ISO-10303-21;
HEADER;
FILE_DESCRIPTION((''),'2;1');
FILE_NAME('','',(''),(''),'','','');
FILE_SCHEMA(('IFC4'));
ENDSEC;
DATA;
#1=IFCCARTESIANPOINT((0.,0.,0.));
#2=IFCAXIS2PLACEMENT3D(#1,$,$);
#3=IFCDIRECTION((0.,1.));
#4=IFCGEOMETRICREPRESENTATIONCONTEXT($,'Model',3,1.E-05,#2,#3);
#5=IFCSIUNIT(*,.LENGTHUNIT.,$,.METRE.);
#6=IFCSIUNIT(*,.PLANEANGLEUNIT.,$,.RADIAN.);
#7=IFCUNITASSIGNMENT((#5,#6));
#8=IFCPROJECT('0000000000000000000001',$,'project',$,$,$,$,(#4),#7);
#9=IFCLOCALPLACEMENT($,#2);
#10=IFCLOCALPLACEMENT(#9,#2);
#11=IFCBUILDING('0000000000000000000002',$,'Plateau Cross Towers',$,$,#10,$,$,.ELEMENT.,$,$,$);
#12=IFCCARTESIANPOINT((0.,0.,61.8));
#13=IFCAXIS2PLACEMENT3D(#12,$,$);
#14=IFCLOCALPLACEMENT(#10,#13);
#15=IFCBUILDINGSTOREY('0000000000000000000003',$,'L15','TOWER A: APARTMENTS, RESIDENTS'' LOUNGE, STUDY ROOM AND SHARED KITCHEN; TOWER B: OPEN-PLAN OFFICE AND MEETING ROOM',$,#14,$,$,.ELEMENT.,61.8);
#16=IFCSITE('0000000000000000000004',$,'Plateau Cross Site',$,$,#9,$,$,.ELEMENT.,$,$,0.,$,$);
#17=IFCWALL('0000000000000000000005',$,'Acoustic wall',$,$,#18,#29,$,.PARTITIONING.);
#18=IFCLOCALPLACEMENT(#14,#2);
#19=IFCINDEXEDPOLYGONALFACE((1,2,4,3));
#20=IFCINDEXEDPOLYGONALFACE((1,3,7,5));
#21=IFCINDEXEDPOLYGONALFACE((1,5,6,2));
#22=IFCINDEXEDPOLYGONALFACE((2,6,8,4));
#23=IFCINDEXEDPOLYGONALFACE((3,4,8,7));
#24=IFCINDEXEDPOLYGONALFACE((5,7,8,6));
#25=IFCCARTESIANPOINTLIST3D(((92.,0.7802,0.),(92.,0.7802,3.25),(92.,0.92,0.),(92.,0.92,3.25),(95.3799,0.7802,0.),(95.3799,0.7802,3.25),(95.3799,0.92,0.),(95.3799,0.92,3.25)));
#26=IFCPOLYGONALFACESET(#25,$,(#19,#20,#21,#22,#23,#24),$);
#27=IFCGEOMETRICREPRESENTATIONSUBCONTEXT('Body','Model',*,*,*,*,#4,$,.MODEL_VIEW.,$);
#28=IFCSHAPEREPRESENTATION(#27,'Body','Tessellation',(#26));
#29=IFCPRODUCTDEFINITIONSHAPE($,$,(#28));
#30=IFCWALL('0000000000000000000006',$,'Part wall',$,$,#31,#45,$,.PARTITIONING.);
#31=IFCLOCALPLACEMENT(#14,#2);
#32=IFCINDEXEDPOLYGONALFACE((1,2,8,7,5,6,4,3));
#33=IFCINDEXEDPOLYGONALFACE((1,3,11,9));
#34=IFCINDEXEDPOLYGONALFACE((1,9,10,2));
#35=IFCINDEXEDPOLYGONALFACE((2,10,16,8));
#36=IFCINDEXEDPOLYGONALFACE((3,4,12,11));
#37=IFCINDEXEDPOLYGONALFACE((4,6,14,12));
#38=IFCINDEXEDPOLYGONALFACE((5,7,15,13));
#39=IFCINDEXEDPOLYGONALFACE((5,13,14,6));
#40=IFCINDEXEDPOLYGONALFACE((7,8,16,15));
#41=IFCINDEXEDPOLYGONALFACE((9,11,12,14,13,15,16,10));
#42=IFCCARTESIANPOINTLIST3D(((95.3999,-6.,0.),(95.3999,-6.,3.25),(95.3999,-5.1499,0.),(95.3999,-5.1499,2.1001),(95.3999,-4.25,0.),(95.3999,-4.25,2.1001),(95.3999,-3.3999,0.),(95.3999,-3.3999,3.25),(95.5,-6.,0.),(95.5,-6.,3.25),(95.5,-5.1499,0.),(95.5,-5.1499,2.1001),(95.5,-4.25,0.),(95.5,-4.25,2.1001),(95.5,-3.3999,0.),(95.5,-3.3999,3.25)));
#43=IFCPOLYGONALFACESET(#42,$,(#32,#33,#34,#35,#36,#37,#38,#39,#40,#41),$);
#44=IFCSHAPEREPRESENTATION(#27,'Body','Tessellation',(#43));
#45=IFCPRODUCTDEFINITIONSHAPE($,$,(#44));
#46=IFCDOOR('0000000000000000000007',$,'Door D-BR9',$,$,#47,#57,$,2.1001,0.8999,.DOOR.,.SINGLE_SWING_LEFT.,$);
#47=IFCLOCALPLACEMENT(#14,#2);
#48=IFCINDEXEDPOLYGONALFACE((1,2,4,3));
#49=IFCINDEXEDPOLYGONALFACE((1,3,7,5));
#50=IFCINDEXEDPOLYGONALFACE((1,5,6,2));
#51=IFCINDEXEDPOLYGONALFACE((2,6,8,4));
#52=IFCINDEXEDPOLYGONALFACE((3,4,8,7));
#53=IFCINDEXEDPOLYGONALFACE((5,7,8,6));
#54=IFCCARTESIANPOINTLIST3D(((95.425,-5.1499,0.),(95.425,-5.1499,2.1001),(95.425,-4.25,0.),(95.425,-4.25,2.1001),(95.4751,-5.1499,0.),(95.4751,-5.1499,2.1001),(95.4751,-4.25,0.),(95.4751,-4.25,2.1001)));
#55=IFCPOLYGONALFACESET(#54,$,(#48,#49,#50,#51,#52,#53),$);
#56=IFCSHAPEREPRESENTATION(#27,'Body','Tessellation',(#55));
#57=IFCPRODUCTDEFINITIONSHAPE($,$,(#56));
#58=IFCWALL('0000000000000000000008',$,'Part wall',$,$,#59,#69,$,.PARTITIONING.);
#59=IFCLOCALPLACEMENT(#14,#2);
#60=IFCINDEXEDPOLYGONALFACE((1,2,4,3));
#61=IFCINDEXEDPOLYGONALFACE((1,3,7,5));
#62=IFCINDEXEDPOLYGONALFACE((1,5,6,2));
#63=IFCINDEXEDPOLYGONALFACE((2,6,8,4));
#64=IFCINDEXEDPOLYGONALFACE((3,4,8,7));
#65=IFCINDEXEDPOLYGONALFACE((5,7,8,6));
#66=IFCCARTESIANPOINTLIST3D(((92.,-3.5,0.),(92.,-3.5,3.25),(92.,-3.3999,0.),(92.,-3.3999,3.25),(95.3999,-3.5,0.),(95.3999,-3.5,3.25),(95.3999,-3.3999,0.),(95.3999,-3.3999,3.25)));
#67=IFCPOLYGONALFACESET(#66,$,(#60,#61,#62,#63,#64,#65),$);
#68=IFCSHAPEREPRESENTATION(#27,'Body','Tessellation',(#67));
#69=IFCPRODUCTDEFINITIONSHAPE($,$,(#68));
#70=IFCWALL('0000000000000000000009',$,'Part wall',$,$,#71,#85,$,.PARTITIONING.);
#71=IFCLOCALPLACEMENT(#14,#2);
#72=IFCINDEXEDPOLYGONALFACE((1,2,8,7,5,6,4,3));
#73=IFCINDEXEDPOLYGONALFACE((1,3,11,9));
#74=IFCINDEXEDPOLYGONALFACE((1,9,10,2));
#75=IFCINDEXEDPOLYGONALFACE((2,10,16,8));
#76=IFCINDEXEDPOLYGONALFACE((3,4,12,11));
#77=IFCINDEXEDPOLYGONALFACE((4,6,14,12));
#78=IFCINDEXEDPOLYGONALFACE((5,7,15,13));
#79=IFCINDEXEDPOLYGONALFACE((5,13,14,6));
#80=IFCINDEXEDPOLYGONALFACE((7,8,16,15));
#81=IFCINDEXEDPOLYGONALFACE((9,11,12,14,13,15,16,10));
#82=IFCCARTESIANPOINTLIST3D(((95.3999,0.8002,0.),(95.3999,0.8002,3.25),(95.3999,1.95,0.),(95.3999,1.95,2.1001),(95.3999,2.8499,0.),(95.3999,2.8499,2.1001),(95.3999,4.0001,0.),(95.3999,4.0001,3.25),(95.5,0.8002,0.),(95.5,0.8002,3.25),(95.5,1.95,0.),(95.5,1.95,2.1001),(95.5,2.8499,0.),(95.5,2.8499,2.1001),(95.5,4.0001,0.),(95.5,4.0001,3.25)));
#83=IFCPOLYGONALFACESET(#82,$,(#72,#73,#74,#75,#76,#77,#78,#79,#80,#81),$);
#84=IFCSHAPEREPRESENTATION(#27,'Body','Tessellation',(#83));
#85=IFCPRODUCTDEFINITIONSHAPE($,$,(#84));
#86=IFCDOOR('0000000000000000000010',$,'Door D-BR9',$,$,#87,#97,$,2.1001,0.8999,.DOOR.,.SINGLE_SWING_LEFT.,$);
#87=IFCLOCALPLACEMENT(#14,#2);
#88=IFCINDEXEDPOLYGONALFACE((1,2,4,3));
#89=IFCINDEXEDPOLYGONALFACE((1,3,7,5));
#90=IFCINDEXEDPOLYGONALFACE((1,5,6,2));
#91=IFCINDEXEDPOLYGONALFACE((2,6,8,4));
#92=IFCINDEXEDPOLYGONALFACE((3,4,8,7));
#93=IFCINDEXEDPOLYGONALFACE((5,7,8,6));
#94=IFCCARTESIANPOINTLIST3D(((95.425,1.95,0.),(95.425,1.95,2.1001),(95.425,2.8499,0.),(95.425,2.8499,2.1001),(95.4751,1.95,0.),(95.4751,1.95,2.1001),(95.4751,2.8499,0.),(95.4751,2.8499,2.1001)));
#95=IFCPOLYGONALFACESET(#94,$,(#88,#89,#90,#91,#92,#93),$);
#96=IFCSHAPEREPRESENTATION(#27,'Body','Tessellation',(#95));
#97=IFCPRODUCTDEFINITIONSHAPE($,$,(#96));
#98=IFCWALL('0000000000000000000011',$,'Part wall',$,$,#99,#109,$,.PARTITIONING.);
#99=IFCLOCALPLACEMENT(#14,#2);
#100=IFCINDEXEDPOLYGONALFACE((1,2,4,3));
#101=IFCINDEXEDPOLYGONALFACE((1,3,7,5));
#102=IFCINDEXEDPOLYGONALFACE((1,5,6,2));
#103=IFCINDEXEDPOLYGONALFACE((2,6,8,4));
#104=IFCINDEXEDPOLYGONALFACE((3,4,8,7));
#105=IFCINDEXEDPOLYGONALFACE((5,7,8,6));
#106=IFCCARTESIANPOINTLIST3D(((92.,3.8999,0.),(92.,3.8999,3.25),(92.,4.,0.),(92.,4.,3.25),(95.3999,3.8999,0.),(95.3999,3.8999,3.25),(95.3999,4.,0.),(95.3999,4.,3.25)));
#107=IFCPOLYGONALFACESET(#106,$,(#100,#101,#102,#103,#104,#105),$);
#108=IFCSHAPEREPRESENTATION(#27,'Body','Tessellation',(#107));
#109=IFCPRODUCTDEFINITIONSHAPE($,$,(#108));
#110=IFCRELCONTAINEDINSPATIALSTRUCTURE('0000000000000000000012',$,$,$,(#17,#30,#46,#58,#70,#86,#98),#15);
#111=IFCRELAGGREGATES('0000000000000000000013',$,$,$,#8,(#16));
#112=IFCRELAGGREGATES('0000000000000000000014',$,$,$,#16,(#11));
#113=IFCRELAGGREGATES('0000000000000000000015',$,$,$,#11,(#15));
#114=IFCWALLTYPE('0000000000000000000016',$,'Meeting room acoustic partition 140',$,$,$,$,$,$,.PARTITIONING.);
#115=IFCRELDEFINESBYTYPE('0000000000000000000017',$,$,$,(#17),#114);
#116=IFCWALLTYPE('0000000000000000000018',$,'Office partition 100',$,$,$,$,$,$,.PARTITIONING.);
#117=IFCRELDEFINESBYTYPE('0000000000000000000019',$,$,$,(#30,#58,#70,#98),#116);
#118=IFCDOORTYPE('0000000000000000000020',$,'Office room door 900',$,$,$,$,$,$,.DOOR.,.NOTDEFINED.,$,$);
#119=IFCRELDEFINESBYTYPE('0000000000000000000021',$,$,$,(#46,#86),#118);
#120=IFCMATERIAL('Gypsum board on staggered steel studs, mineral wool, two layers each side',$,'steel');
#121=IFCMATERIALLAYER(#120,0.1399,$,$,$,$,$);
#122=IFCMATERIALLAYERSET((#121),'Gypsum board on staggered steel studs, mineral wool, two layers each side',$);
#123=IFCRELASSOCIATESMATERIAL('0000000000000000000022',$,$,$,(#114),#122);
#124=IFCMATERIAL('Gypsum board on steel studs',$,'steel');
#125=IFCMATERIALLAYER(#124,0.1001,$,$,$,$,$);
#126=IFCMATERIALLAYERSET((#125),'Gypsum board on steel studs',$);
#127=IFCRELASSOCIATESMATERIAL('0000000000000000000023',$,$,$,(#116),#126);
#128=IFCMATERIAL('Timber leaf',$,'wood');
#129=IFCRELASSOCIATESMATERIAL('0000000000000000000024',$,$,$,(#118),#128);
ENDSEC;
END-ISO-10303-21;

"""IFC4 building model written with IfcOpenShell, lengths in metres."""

from ifc_helpers import new_model, si_unit, direction, frame, frame_2d, origin, place, context, subcontext, project, spatial, rectangle, extrude, material, layer, layer_set, type_object, element, fill, save


model = new_model("IFC4")

# Units and contexts
model_context = context("Model", 3, precision=1e-05, world=origin(), true_north=direction((0.0, 1.0)))
body_context = subcontext(model_context, "Body", "Model", "MODEL_VIEW")
ifc_project = project(units=[si_unit("LENGTHUNIT", "METRE"), si_unit("PLANEANGLEUNIT", "RADIAN")], contexts=[model_context])

# Site, building, storey
site_placement = place(None, origin())
site = spatial("IfcSite", under=ifc_project, at=site_placement, Name="Plateau Cross Site", CompositionType="ELEMENT", RefElevation=0.0)
building_placement = place(site_placement, origin())
building = spatial("IfcBuilding", under=site, at=building_placement, Name="Plateau Cross Towers", CompositionType="ELEMENT")
storey_placement = place(building_placement, frame((0.0, 0.0, 61.8)))
storey = spatial("IfcBuildingStorey", under=building, at=storey_placement, Name="L15", Description="TOWER A: APARTMENTS, RESIDENTS' LOUNGE, STUDY ROOM AND SHARED KITCHEN; TOWER B: OPEN-PLAN OFFICE AND MEETING ROOM", CompositionType="ELEMENT", Elevation=61.8)

# Shared definitions
ifc_material_1 = material(Name="Gypsum board on staggered steel studs, mineral wool, two layers each side", Category="steel")
ifc_layer_1 = layer(ifc_material_1, 0.1399)
ifc_layer_set_1 = layer_set([ifc_layer_1], Name="Gypsum board on staggered steel studs, mineral wool, two layers each side")
wall_type_1 = type_object("IfcWallType", Name="Meeting room acoustic partition 140", PredefinedType="PARTITIONING", material=ifc_layer_set_1)

# Wall
wall_1_placement = place(storey_placement, frame((92.0, 0.8501, 0.0), z_axis=(0.0, 0.0, 1.0), x_axis=(1.0, 0.0, 0.0)))
element("IfcWall", 1, at=wall_1_placement, inside=storey, type_object=wall_type_1, Name="Acoustic wall", PredefinedType="PARTITIONING", context=body_context, shape_type="SweptSolid", body=[
    extrude(rectangle(XDim=3.3799, YDim=0.1399, at=frame_2d((1.6899, 0.0))), origin(), (0.0, 0.0, 1.0), 3.25),
])

# Wall, opening, door
ifc_material_2 = material(Name="Gypsum board on steel studs", Category="steel")
ifc_layer_2 = layer(ifc_material_2, 0.1001)
ifc_layer_set_2 = layer_set([ifc_layer_2], Name="Gypsum board on steel studs")
wall_type_2 = type_object("IfcWallType", Name="Office partition 100", PredefinedType="PARTITIONING", material=ifc_layer_set_2)
wall_2_placement = place(storey_placement, frame((95.45, -6.0, 0.0), z_axis=(0.0, 0.0, 1.0), x_axis=(0.0, 1.0, 0.0)))
wall_2 = element("IfcWall", 2, at=wall_2_placement, inside=storey, type_object=wall_type_2, Name="Part wall", PredefinedType="PARTITIONING", context=body_context, shape_type="SweptSolid", body=[
    extrude(rectangle(XDim=2.6001, YDim=0.1001, at=frame_2d((1.3, 0.0))), origin(), (0.0, 0.0, 1.0), 3.25),
])
opening_1_placement = place(wall_2_placement, frame((0.8501, 0.0, 0.0)))
opening_1 = element("IfcOpeningElement", 3, at=opening_1_placement, cuts=wall_2, PredefinedType="OPENING", context=body_context, shape_type="SweptSolid", body=[
    extrude(rectangle(XDim=0.8999, YDim=2.1001, at=frame_2d((0.45, 1.05))), frame((0.0, 0.0601, 0.0), z_axis=(0.0, -1.0, 0.0), x_axis=(1.0, 0.0, 0.0)), (0.0, 0.0, 1.0), 0.1201),
])
ifc_material_3 = material(Name="Timber leaf", Category="wood")
door_type_1 = type_object("IfcDoorType", Name="Office room door 900", OperationType="NOTDEFINED", PredefinedType="DOOR", material=ifc_material_3)
door_1_placement = place(opening_1_placement, origin())
door_1 = element("IfcDoor", 4, at=door_1_placement, inside=storey, type_object=door_type_1, Name="Door D-BR9", OperationType="SINGLE_SWING_LEFT", OverallHeight=2.1001, OverallWidth=0.8999, PredefinedType="DOOR", context=body_context, shape_type="SweptSolid", body=[
    extrude(rectangle(XDim=0.8999, YDim=2.1001, at=frame_2d((0.45, 1.05))), frame((0.0, 0.0249, 0.0), z_axis=(0.0, -1.0, 0.0), x_axis=(1.0, 0.0, 0.0)), (0.0, 0.0, 1.0), 0.05),
])
fill(opening_1, door_1)

# Wall
wall_3_placement = place(storey_placement, frame((92.0, -3.45, 0.0), z_axis=(0.0, 0.0, 1.0), x_axis=(1.0, 0.0, 0.0)))
element("IfcWall", 5, at=wall_3_placement, inside=storey, type_object=wall_type_2, Name="Part wall", PredefinedType="PARTITIONING", context=body_context, shape_type="SweptSolid", body=[
    extrude(rectangle(XDim=3.3999, YDim=0.1001, at=frame_2d((1.7, 0.0))), origin(), (0.0, 0.0, 1.0), 3.25),
])

# Wall, opening, door
wall_4_placement = place(storey_placement, frame((95.45, 0.8, 0.0), z_axis=(0.0, 0.0, 1.0), x_axis=(0.0, 1.0, 0.0)))
wall_4 = element("IfcWall", 6, at=wall_4_placement, inside=storey, type_object=wall_type_2, Name="Part wall", PredefinedType="PARTITIONING", context=body_context, shape_type="SweptSolid", body=[
    extrude(rectangle(XDim=3.2, YDim=0.1001, at=frame_2d((1.6001, 0.0))), origin(), (0.0, 0.0, 1.0), 3.25),
])
opening_2_placement = place(wall_4_placement, frame((1.1499, 0.0, 0.0)))
opening_2 = element("IfcOpeningElement", 7, at=opening_2_placement, cuts=wall_4, PredefinedType="OPENING", context=body_context, shape_type="SweptSolid", body=[
    extrude(rectangle(XDim=0.8999, YDim=2.1001, at=frame_2d((0.45, 1.05))), frame((0.0, 0.0601, 0.0), z_axis=(0.0, -1.0, 0.0), x_axis=(1.0, 0.0, 0.0)), (0.0, 0.0, 1.0), 0.1201),
])
door_2_placement = place(opening_2_placement, origin())
door_2 = element("IfcDoor", 8, at=door_2_placement, inside=storey, type_object=door_type_1, Name="Door D-BR9", OperationType="SINGLE_SWING_LEFT", OverallHeight=2.1001, OverallWidth=0.8999, PredefinedType="DOOR", context=body_context, shape_type="SweptSolid", body=[
    extrude(rectangle(XDim=0.8999, YDim=2.1001, at=frame_2d((0.45, 1.05))), frame((0.0, 0.0249, 0.0), z_axis=(0.0, -1.0, 0.0), x_axis=(1.0, 0.0, 0.0)), (0.0, 0.0, 1.0), 0.05),
])
fill(opening_2, door_2)

# Wall
wall_5_placement = place(storey_placement, frame((92.0, 3.95, 0.0), z_axis=(0.0, 0.0, 1.0), x_axis=(1.0, 0.0, 0.0)))
element("IfcWall", 9, at=wall_5_placement, inside=storey, type_object=wall_type_2, Name="Part wall", PredefinedType="PARTITIONING", context=body_context, shape_type="SweptSolid", body=[
    extrude(rectangle(XDim=3.3999, YDim=0.1001, at=frame_2d((1.7, 0.0))), origin(), (0.0, 0.0, 1.0), 3.25),
])

save(model, "model.ifc")
